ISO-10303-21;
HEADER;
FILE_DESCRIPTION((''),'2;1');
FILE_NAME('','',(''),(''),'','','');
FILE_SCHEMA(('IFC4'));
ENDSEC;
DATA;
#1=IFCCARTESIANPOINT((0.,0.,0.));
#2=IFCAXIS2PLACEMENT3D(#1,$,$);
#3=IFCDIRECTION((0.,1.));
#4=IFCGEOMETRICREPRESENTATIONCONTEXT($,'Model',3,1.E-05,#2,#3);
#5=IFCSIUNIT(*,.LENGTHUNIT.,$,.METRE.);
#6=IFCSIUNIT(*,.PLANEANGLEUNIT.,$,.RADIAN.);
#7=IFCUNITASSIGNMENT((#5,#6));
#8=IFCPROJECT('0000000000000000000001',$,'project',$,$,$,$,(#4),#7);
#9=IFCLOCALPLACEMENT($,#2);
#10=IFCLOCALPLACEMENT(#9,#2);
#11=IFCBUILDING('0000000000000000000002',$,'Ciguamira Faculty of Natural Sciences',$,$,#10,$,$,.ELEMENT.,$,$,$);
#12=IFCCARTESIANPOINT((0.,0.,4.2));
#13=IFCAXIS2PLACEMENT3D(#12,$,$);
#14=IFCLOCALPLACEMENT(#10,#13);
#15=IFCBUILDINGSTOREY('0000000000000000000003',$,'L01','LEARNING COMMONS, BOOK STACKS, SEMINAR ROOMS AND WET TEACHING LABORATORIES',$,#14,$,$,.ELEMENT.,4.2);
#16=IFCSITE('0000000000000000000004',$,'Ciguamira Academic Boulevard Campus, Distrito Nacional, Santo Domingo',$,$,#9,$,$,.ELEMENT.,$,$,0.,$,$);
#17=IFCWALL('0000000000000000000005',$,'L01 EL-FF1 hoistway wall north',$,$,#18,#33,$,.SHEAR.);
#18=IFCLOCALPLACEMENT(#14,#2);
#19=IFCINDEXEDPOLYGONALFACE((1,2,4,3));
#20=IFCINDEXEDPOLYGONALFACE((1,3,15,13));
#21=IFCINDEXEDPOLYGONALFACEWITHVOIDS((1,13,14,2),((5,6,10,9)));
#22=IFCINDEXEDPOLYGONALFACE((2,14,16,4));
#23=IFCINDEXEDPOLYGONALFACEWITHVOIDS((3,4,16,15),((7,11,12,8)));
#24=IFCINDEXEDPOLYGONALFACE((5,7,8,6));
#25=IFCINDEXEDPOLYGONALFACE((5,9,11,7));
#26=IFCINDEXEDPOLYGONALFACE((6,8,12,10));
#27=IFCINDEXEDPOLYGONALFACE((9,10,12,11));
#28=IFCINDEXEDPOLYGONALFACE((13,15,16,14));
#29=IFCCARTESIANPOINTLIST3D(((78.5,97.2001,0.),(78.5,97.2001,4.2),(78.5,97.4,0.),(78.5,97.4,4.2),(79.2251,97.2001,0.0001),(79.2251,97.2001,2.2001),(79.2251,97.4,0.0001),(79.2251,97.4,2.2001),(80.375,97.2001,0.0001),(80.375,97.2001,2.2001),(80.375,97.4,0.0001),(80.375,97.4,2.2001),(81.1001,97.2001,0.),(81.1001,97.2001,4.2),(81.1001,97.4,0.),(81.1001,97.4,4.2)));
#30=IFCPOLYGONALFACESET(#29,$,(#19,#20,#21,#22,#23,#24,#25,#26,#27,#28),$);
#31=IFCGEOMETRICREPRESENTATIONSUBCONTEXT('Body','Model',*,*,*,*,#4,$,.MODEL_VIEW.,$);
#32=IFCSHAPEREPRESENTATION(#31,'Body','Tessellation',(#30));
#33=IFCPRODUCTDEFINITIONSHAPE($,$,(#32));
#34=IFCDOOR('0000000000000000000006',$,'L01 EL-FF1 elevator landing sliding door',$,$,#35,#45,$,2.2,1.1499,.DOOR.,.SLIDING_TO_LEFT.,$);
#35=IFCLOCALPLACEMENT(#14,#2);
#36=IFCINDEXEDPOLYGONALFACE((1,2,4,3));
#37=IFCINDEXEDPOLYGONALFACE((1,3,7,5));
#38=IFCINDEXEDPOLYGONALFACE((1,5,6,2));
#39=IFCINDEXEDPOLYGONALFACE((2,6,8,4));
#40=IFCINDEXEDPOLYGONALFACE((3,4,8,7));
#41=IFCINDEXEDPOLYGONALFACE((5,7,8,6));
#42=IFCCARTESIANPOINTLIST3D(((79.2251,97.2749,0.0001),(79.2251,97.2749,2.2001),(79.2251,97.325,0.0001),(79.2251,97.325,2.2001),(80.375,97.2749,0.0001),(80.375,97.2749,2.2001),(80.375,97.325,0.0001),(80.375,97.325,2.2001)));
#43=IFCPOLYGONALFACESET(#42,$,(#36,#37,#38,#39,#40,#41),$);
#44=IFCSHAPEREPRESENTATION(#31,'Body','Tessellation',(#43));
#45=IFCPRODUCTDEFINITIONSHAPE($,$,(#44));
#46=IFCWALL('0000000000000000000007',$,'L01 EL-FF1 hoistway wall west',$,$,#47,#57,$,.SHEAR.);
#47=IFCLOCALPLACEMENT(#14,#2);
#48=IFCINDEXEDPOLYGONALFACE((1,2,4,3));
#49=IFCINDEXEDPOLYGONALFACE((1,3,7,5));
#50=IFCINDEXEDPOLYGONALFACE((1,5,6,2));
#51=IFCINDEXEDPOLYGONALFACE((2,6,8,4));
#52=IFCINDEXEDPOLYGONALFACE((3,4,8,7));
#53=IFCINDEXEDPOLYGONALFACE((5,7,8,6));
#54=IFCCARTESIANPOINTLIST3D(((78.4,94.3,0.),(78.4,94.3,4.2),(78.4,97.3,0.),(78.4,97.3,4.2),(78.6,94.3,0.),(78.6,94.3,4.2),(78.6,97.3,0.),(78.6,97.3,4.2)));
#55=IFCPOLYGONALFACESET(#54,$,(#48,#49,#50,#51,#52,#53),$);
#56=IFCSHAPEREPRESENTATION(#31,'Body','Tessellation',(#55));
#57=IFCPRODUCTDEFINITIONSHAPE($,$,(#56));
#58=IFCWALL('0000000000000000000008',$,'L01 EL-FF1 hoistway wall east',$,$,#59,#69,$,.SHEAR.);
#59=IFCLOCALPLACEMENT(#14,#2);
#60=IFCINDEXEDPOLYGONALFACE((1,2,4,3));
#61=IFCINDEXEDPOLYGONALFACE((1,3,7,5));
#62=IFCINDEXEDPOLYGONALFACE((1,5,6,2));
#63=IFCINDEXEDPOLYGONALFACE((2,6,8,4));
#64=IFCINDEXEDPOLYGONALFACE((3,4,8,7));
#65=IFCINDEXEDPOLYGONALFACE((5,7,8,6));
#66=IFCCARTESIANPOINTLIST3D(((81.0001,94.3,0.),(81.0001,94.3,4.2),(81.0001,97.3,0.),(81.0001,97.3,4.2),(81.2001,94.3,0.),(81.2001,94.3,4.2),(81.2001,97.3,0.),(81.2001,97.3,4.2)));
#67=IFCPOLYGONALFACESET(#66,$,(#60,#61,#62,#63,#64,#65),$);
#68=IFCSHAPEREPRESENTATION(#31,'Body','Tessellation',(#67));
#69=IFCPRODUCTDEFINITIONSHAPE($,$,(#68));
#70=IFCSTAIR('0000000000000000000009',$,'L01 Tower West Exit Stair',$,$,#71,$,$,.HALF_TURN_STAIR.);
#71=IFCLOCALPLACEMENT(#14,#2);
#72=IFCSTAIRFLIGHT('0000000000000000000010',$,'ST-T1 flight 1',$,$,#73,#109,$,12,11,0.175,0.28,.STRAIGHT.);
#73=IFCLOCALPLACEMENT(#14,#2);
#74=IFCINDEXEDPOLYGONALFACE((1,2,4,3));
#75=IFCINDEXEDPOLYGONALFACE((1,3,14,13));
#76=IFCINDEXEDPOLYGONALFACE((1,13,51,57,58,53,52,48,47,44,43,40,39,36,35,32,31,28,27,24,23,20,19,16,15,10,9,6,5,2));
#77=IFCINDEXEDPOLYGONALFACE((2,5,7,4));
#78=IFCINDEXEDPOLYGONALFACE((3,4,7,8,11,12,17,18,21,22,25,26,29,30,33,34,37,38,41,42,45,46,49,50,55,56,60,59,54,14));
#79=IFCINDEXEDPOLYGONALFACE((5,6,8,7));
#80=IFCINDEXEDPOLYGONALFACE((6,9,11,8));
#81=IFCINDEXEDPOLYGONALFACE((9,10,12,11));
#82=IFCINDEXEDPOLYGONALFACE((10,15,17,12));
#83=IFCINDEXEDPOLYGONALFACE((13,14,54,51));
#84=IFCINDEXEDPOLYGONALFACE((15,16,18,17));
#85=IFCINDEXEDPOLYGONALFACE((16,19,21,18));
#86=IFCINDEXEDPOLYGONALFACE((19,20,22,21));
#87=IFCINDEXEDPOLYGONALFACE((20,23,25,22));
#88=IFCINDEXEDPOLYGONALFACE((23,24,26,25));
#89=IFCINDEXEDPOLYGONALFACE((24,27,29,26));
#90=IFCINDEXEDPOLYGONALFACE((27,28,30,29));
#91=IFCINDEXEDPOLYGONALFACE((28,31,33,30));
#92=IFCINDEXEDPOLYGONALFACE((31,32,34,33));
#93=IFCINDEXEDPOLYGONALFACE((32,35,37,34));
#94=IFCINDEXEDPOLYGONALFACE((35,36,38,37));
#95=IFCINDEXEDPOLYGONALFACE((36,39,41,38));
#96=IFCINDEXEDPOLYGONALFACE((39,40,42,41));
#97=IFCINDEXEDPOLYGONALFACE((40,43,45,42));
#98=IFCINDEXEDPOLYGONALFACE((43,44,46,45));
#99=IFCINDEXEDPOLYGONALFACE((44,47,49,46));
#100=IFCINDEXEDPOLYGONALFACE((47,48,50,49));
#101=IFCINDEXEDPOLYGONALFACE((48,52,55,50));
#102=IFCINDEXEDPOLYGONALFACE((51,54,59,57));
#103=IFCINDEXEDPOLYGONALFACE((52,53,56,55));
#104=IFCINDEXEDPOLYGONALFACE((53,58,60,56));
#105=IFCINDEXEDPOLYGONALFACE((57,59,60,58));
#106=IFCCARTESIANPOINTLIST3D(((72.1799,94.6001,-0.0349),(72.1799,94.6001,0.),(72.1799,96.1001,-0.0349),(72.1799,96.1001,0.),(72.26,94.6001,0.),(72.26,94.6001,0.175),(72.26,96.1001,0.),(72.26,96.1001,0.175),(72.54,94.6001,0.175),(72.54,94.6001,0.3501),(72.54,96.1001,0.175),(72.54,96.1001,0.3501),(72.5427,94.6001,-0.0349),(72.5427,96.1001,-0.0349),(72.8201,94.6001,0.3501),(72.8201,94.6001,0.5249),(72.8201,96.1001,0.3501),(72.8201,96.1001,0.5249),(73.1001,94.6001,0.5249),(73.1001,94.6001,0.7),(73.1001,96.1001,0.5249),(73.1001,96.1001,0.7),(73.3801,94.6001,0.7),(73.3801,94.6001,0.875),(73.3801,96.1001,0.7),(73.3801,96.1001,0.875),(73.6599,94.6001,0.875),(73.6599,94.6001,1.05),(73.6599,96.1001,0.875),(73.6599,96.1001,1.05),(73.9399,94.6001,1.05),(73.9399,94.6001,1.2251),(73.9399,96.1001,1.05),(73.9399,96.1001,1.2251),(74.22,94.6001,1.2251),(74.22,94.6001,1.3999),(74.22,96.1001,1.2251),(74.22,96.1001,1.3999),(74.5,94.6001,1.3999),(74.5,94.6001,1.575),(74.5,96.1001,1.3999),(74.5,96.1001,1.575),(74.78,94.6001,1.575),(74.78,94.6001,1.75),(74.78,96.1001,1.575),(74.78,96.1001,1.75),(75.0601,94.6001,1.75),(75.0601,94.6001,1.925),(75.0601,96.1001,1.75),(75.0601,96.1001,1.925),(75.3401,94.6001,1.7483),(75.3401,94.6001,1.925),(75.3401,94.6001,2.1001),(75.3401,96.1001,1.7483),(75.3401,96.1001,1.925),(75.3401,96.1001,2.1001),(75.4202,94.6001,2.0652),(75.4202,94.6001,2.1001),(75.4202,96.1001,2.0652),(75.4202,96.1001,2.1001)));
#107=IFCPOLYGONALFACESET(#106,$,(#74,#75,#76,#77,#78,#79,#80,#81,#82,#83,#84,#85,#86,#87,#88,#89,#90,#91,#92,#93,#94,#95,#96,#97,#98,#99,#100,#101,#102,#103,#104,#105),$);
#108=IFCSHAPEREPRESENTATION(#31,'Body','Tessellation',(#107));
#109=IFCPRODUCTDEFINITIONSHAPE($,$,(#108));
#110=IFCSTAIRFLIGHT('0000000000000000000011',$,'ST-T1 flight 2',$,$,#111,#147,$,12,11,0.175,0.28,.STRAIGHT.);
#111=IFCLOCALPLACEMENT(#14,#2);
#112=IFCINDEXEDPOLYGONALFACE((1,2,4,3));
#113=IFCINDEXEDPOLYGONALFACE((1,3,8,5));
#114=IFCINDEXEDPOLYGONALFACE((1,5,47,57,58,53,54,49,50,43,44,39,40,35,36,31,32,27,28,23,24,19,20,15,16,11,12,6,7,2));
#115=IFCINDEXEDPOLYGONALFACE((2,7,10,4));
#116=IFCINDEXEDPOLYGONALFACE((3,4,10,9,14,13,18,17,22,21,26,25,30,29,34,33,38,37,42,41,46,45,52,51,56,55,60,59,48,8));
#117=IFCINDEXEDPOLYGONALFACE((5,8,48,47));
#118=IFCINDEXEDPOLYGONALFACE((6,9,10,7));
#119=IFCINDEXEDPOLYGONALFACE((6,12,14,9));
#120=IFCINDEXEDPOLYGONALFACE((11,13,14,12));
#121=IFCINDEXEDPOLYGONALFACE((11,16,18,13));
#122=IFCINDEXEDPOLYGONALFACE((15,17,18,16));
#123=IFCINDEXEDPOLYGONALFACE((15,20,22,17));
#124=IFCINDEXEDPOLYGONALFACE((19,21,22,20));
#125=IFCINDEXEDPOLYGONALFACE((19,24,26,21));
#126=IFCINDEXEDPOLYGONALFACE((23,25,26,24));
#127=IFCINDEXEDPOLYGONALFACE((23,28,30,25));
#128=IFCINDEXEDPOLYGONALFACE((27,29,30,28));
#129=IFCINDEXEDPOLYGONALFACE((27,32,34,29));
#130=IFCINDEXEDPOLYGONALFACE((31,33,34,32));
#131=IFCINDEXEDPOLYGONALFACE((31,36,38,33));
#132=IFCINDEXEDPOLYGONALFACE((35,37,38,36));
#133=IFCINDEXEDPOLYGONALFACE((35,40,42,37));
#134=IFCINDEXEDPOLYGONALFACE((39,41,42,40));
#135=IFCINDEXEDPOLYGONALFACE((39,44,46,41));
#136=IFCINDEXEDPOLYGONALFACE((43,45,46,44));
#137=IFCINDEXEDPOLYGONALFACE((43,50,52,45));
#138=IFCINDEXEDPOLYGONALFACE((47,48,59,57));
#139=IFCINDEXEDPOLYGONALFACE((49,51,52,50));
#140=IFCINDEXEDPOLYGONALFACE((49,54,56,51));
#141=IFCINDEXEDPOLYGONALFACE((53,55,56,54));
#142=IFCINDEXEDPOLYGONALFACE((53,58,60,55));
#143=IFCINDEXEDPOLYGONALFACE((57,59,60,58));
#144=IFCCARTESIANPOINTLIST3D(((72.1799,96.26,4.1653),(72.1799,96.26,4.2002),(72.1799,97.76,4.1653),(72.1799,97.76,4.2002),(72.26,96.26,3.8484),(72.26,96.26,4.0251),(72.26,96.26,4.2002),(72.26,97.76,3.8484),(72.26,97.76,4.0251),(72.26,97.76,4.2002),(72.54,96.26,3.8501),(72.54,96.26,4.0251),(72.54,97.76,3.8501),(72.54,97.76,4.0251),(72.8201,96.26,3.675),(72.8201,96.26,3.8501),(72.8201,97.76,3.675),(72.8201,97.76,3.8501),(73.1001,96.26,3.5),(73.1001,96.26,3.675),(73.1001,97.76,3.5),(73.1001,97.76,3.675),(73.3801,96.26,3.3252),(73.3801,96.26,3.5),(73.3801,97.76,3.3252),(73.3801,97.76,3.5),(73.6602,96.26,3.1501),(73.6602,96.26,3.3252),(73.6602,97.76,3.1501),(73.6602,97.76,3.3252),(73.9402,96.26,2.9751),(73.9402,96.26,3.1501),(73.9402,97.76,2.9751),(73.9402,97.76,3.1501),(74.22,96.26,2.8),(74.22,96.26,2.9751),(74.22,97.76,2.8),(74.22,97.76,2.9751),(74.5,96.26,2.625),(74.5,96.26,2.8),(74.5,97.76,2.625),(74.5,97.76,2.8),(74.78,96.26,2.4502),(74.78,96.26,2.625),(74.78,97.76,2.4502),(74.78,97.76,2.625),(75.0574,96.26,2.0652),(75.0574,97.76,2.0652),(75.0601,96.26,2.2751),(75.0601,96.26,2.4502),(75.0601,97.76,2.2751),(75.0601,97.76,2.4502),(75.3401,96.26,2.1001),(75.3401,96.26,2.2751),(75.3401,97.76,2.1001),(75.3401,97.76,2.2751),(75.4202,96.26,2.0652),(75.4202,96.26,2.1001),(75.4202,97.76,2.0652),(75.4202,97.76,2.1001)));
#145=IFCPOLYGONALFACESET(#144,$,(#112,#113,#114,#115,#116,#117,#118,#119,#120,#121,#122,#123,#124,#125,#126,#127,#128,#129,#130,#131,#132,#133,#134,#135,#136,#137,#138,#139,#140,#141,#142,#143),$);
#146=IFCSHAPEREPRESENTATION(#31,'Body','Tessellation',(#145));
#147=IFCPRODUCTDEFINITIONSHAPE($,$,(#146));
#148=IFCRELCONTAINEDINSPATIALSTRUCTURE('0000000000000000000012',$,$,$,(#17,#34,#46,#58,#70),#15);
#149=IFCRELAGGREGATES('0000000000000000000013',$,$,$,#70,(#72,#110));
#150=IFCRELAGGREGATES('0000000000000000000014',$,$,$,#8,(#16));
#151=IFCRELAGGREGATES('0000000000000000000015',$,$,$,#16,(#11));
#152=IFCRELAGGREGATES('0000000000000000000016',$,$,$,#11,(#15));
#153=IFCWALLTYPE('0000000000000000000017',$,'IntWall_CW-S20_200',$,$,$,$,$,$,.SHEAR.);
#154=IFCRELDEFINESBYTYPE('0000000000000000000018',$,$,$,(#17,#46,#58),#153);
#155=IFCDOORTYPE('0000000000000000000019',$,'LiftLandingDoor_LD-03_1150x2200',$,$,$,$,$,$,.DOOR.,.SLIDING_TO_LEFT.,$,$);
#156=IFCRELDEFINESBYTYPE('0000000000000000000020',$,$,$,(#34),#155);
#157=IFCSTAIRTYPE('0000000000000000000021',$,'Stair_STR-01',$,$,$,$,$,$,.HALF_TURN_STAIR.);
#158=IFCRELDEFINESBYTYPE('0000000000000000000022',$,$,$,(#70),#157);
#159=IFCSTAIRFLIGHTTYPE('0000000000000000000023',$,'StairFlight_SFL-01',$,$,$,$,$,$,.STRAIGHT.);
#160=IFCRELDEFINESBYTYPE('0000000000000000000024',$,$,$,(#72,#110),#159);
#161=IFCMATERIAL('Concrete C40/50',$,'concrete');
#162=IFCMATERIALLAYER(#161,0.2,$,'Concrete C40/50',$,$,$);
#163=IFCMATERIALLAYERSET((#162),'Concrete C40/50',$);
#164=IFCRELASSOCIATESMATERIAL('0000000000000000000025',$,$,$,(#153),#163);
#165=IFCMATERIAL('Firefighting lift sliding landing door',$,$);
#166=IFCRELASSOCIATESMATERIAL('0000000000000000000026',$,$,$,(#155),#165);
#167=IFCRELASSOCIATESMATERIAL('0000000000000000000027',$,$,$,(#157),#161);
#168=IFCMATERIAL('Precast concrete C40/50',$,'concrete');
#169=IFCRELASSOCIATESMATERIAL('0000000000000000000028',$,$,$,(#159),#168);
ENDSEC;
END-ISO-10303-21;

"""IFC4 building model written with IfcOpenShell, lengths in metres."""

from ifc_helpers import new_model, si_unit, direction, frame, frame_2d, origin, place, context, subcontext, project, spatial, polyline, rectangle, outline, extrude, material, layer, layer_set, type_object, element, fill, aggregate, save


model = new_model("IFC4")

# Units and contexts
model_context = context("Model", 3, precision=1e-05, world=origin(), true_north=direction((0.0, 1.0)))
body_context = subcontext(model_context, "Body", "Model", "MODEL_VIEW")
ifc_project = project(units=[si_unit("LENGTHUNIT", "METRE"), si_unit("PLANEANGLEUNIT", "RADIAN")], contexts=[model_context])

# Site, building, storey
site_placement = place(None, origin())
site = spatial("IfcSite", under=ifc_project, at=site_placement, Name="Ciguamira Academic Boulevard Campus, Distrito Nacional, Santo Domingo", CompositionType="ELEMENT", RefElevation=0.0)
building_placement = place(site_placement, origin())
building = spatial("IfcBuilding", under=site, at=building_placement, Name="Ciguamira Faculty of Natural Sciences", CompositionType="ELEMENT")
storey_placement = place(building_placement, frame((0.0, 0.0, 4.2)))
storey = spatial("IfcBuildingStorey", under=building, at=storey_placement, Name="L01", Description="LEARNING COMMONS, BOOK STACKS, SEMINAR ROOMS AND WET TEACHING LABORATORIES", CompositionType="ELEMENT", Elevation=4.2)

# Shared definitions
ifc_material_1 = material(Name="Concrete C40/50", Category="concrete")

# Shared definitions
ifc_layer_1 = layer(ifc_material_1, 0.2, Name="Concrete C40/50")
ifc_layer_set_1 = layer_set([ifc_layer_1], Name="Concrete C40/50")
wall_type = type_object("IfcWallType", Name="IntWall_CW-S20_200", PredefinedType="SHEAR", material=ifc_layer_set_1)

# Wall, opening, door
wall_1_placement = place(storey_placement, frame((78.5, 97.3, 0.0), z_axis=(0.0, 0.0, 1.0), x_axis=(1.0, 0.0, 0.0)))
wall_1 = element("IfcWall", 1, at=wall_1_placement, inside=storey, type_object=wall_type, Name="L01 EL-FF1 hoistway wall north", PredefinedType="SHEAR", context=body_context, shape_type="SweptSolid", body=[
    extrude(rectangle(XDim=2.6001, YDim=0.2, at=frame_2d((1.3, 0.0))), origin(), (0.0, 0.0, 1.0), 4.2),
])
opening_placement = place(wall_1_placement, frame((0.7251, 0.0, 0.0)))
opening = element("IfcOpeningElement", 2, at=opening_placement, cuts=wall_1, PredefinedType="OPENING", context=body_context, shape_type="SweptSolid", body=[
    extrude(rectangle(XDim=1.1499, YDim=2.2, at=frame_2d((0.575, 1.1001))), frame((0.0, 0.1099, 0.0), z_axis=(0.0, -1.0, 0.0), x_axis=(1.0, 0.0, 0.0)), (0.0, 0.0, 1.0), 0.22),
])
ifc_material_2 = material(Name="Firefighting lift sliding landing door")
door_type = type_object("IfcDoorType", Name="LiftLandingDoor_LD-03_1150x2200", OperationType="SLIDING_TO_LEFT", PredefinedType="DOOR", material=ifc_material_2)
door_placement = place(opening_placement, origin())
door = element("IfcDoor", 3, at=door_placement, inside=storey, type_object=door_type, Name="L01 EL-FF1 elevator landing sliding door", OperationType="SLIDING_TO_LEFT", OverallHeight=2.2, OverallWidth=1.1499, PredefinedType="DOOR", context=body_context, shape_type="SweptSolid", body=[
    extrude(rectangle(XDim=1.1499, YDim=2.2, at=frame_2d((0.575, 1.1001))), frame((0.0, 0.0249, 0.0), z_axis=(0.0, -1.0, 0.0), x_axis=(1.0, 0.0, 0.0)), (0.0, 0.0, 1.0), 0.05),
])
fill(opening, door)

# Walls
for number, where, z_axis, x_axis, name in (
    (4, (78.5, 94.3, 0.0), (0.0, 0.0, 1.0), (0.0, 1.0, 0.0), "L01 EL-FF1 hoistway wall west"),
    (5, (81.1001, 94.3, 0.0), (0.0, 0.0, 1.0), (0.0, 1.0, 0.0), "L01 EL-FF1 hoistway wall east"),
):
    element("IfcWall", number, at=place(storey_placement, frame(where, z_axis=z_axis, x_axis=x_axis)), inside=storey, type_object=wall_type, Name=name, PredefinedType="SHEAR", context=body_context, shape_type="SweptSolid", body=[
        extrude(rectangle(XDim=3.0, YDim=0.2, at=frame_2d((1.5, 0.0))), origin(), (0.0, 0.0, 1.0), 4.2),
    ])

# Stair, stair flights
stair_type = type_object("IfcStairType", Name="Stair_STR-01", PredefinedType="HALF_TURN_STAIR", material=ifc_material_1)
stair_placement = place(storey_placement, origin())
stair = element("IfcStair", 6, at=stair_placement, inside=storey, type_object=stair_type, Name="L01 Tower West Exit Stair", PredefinedType="HALF_TURN_STAIR")
ifc_material_3 = material(Name="Precast concrete C40/50", Category="concrete")
stair_flight_type = type_object("IfcStairFlightType", Name="StairFlight_SFL-01", PredefinedType="STRAIGHT", material=ifc_material_3)
stair_flight_1_placement = place(storey_placement, frame((72.26, 95.3501, 0.0), z_axis=(0.0, 0.0, 1.0), x_axis=(1.0, 0.0, 0.0)))
stair_flight_1 = element("IfcStairFlight", 7, at=stair_flight_1_placement, type_object=stair_flight_type, Name="ST-T1 flight 1", NumberOfRisers=12, NumberOfTreads=11, PredefinedType="STRAIGHT", RiserHeight=0.175, TreadLength=0.28, context=body_context, shape_type="SweptSolid", body=[
    extrude(outline(polyline([(-0.0801, -0.0349), (-0.0801, 0.0), (0.0, 0.0), (0.0, 0.175), (0.28, 0.175), (0.28, 0.3501), (0.5601, 0.3501), (0.5601, 0.5249), (0.8401, 0.5249), (0.8401, 0.7), (1.1201, 0.7), (1.1201, 0.875), (1.3999, 0.875), (1.3999, 1.05), (1.6799, 1.05), (1.6799, 1.2251), (1.96, 1.2251), (1.96, 1.3999), (2.24, 1.3999), (2.24, 1.575), (2.52, 1.575), (2.52, 1.75), (2.8, 1.75), (2.8, 1.925), (3.0801, 1.925), (3.0801, 2.1001), (3.1602, 2.1001), (3.1602, 2.0652), (3.0801, 1.7483), (0.2827, -0.0349), (-0.0801, -0.0349)])), frame((0.0, 0.75, 0.0), z_axis=(0.0, -1.0, 0.0), x_axis=(1.0, 0.0, 0.0)), (0.0, 0.0, 1.0), 1.5),
])
stair_flight_2_placement = place(storey_placement, frame((75.3401, 97.01, 2.1001), z_axis=(0.0, 0.0, 1.0), x_axis=(-1.0, 0.0, 0.0)))
stair_flight_2 = element("IfcStairFlight", 8, at=stair_flight_2_placement, type_object=stair_flight_type, Name="ST-T1 flight 2", NumberOfRisers=12, NumberOfTreads=11, PredefinedType="STRAIGHT", RiserHeight=0.175, TreadLength=0.28, context=body_context, shape_type="SweptSolid", body=[
    extrude(outline(polyline([(-0.0801, -0.0349), (-0.0801, 0.0), (0.0, 0.0), (0.0, 0.175), (0.28, 0.175), (0.28, 0.3501), (0.5601, 0.3501), (0.5601, 0.5249), (0.8401, 0.5249), (0.8401, 0.7), (1.1201, 0.7), (1.1201, 0.875), (1.3999, 0.875), (1.3999, 1.05), (1.6799, 1.05), (1.6799, 1.2251), (1.96, 1.2251), (1.96, 1.3999), (2.24, 1.3999), (2.24, 1.575), (2.52, 1.575), (2.52, 1.75), (2.8, 1.75), (2.8, 1.925), (3.0801, 1.925), (3.0801, 2.1001), (3.1602, 2.1001), (3.1602, 2.0652), (3.0801, 1.7483), (0.2827, -0.0349), (-0.0801, -0.0349)])), frame((0.0, 0.75, 0.0), z_axis=(0.0, -1.0, 0.0), x_axis=(1.0, 0.0, 0.0)), (0.0, 0.0, 1.0), 1.5),
])
aggregate(stair, [stair_flight_1, stair_flight_2])

save(model, "model.ifc")
